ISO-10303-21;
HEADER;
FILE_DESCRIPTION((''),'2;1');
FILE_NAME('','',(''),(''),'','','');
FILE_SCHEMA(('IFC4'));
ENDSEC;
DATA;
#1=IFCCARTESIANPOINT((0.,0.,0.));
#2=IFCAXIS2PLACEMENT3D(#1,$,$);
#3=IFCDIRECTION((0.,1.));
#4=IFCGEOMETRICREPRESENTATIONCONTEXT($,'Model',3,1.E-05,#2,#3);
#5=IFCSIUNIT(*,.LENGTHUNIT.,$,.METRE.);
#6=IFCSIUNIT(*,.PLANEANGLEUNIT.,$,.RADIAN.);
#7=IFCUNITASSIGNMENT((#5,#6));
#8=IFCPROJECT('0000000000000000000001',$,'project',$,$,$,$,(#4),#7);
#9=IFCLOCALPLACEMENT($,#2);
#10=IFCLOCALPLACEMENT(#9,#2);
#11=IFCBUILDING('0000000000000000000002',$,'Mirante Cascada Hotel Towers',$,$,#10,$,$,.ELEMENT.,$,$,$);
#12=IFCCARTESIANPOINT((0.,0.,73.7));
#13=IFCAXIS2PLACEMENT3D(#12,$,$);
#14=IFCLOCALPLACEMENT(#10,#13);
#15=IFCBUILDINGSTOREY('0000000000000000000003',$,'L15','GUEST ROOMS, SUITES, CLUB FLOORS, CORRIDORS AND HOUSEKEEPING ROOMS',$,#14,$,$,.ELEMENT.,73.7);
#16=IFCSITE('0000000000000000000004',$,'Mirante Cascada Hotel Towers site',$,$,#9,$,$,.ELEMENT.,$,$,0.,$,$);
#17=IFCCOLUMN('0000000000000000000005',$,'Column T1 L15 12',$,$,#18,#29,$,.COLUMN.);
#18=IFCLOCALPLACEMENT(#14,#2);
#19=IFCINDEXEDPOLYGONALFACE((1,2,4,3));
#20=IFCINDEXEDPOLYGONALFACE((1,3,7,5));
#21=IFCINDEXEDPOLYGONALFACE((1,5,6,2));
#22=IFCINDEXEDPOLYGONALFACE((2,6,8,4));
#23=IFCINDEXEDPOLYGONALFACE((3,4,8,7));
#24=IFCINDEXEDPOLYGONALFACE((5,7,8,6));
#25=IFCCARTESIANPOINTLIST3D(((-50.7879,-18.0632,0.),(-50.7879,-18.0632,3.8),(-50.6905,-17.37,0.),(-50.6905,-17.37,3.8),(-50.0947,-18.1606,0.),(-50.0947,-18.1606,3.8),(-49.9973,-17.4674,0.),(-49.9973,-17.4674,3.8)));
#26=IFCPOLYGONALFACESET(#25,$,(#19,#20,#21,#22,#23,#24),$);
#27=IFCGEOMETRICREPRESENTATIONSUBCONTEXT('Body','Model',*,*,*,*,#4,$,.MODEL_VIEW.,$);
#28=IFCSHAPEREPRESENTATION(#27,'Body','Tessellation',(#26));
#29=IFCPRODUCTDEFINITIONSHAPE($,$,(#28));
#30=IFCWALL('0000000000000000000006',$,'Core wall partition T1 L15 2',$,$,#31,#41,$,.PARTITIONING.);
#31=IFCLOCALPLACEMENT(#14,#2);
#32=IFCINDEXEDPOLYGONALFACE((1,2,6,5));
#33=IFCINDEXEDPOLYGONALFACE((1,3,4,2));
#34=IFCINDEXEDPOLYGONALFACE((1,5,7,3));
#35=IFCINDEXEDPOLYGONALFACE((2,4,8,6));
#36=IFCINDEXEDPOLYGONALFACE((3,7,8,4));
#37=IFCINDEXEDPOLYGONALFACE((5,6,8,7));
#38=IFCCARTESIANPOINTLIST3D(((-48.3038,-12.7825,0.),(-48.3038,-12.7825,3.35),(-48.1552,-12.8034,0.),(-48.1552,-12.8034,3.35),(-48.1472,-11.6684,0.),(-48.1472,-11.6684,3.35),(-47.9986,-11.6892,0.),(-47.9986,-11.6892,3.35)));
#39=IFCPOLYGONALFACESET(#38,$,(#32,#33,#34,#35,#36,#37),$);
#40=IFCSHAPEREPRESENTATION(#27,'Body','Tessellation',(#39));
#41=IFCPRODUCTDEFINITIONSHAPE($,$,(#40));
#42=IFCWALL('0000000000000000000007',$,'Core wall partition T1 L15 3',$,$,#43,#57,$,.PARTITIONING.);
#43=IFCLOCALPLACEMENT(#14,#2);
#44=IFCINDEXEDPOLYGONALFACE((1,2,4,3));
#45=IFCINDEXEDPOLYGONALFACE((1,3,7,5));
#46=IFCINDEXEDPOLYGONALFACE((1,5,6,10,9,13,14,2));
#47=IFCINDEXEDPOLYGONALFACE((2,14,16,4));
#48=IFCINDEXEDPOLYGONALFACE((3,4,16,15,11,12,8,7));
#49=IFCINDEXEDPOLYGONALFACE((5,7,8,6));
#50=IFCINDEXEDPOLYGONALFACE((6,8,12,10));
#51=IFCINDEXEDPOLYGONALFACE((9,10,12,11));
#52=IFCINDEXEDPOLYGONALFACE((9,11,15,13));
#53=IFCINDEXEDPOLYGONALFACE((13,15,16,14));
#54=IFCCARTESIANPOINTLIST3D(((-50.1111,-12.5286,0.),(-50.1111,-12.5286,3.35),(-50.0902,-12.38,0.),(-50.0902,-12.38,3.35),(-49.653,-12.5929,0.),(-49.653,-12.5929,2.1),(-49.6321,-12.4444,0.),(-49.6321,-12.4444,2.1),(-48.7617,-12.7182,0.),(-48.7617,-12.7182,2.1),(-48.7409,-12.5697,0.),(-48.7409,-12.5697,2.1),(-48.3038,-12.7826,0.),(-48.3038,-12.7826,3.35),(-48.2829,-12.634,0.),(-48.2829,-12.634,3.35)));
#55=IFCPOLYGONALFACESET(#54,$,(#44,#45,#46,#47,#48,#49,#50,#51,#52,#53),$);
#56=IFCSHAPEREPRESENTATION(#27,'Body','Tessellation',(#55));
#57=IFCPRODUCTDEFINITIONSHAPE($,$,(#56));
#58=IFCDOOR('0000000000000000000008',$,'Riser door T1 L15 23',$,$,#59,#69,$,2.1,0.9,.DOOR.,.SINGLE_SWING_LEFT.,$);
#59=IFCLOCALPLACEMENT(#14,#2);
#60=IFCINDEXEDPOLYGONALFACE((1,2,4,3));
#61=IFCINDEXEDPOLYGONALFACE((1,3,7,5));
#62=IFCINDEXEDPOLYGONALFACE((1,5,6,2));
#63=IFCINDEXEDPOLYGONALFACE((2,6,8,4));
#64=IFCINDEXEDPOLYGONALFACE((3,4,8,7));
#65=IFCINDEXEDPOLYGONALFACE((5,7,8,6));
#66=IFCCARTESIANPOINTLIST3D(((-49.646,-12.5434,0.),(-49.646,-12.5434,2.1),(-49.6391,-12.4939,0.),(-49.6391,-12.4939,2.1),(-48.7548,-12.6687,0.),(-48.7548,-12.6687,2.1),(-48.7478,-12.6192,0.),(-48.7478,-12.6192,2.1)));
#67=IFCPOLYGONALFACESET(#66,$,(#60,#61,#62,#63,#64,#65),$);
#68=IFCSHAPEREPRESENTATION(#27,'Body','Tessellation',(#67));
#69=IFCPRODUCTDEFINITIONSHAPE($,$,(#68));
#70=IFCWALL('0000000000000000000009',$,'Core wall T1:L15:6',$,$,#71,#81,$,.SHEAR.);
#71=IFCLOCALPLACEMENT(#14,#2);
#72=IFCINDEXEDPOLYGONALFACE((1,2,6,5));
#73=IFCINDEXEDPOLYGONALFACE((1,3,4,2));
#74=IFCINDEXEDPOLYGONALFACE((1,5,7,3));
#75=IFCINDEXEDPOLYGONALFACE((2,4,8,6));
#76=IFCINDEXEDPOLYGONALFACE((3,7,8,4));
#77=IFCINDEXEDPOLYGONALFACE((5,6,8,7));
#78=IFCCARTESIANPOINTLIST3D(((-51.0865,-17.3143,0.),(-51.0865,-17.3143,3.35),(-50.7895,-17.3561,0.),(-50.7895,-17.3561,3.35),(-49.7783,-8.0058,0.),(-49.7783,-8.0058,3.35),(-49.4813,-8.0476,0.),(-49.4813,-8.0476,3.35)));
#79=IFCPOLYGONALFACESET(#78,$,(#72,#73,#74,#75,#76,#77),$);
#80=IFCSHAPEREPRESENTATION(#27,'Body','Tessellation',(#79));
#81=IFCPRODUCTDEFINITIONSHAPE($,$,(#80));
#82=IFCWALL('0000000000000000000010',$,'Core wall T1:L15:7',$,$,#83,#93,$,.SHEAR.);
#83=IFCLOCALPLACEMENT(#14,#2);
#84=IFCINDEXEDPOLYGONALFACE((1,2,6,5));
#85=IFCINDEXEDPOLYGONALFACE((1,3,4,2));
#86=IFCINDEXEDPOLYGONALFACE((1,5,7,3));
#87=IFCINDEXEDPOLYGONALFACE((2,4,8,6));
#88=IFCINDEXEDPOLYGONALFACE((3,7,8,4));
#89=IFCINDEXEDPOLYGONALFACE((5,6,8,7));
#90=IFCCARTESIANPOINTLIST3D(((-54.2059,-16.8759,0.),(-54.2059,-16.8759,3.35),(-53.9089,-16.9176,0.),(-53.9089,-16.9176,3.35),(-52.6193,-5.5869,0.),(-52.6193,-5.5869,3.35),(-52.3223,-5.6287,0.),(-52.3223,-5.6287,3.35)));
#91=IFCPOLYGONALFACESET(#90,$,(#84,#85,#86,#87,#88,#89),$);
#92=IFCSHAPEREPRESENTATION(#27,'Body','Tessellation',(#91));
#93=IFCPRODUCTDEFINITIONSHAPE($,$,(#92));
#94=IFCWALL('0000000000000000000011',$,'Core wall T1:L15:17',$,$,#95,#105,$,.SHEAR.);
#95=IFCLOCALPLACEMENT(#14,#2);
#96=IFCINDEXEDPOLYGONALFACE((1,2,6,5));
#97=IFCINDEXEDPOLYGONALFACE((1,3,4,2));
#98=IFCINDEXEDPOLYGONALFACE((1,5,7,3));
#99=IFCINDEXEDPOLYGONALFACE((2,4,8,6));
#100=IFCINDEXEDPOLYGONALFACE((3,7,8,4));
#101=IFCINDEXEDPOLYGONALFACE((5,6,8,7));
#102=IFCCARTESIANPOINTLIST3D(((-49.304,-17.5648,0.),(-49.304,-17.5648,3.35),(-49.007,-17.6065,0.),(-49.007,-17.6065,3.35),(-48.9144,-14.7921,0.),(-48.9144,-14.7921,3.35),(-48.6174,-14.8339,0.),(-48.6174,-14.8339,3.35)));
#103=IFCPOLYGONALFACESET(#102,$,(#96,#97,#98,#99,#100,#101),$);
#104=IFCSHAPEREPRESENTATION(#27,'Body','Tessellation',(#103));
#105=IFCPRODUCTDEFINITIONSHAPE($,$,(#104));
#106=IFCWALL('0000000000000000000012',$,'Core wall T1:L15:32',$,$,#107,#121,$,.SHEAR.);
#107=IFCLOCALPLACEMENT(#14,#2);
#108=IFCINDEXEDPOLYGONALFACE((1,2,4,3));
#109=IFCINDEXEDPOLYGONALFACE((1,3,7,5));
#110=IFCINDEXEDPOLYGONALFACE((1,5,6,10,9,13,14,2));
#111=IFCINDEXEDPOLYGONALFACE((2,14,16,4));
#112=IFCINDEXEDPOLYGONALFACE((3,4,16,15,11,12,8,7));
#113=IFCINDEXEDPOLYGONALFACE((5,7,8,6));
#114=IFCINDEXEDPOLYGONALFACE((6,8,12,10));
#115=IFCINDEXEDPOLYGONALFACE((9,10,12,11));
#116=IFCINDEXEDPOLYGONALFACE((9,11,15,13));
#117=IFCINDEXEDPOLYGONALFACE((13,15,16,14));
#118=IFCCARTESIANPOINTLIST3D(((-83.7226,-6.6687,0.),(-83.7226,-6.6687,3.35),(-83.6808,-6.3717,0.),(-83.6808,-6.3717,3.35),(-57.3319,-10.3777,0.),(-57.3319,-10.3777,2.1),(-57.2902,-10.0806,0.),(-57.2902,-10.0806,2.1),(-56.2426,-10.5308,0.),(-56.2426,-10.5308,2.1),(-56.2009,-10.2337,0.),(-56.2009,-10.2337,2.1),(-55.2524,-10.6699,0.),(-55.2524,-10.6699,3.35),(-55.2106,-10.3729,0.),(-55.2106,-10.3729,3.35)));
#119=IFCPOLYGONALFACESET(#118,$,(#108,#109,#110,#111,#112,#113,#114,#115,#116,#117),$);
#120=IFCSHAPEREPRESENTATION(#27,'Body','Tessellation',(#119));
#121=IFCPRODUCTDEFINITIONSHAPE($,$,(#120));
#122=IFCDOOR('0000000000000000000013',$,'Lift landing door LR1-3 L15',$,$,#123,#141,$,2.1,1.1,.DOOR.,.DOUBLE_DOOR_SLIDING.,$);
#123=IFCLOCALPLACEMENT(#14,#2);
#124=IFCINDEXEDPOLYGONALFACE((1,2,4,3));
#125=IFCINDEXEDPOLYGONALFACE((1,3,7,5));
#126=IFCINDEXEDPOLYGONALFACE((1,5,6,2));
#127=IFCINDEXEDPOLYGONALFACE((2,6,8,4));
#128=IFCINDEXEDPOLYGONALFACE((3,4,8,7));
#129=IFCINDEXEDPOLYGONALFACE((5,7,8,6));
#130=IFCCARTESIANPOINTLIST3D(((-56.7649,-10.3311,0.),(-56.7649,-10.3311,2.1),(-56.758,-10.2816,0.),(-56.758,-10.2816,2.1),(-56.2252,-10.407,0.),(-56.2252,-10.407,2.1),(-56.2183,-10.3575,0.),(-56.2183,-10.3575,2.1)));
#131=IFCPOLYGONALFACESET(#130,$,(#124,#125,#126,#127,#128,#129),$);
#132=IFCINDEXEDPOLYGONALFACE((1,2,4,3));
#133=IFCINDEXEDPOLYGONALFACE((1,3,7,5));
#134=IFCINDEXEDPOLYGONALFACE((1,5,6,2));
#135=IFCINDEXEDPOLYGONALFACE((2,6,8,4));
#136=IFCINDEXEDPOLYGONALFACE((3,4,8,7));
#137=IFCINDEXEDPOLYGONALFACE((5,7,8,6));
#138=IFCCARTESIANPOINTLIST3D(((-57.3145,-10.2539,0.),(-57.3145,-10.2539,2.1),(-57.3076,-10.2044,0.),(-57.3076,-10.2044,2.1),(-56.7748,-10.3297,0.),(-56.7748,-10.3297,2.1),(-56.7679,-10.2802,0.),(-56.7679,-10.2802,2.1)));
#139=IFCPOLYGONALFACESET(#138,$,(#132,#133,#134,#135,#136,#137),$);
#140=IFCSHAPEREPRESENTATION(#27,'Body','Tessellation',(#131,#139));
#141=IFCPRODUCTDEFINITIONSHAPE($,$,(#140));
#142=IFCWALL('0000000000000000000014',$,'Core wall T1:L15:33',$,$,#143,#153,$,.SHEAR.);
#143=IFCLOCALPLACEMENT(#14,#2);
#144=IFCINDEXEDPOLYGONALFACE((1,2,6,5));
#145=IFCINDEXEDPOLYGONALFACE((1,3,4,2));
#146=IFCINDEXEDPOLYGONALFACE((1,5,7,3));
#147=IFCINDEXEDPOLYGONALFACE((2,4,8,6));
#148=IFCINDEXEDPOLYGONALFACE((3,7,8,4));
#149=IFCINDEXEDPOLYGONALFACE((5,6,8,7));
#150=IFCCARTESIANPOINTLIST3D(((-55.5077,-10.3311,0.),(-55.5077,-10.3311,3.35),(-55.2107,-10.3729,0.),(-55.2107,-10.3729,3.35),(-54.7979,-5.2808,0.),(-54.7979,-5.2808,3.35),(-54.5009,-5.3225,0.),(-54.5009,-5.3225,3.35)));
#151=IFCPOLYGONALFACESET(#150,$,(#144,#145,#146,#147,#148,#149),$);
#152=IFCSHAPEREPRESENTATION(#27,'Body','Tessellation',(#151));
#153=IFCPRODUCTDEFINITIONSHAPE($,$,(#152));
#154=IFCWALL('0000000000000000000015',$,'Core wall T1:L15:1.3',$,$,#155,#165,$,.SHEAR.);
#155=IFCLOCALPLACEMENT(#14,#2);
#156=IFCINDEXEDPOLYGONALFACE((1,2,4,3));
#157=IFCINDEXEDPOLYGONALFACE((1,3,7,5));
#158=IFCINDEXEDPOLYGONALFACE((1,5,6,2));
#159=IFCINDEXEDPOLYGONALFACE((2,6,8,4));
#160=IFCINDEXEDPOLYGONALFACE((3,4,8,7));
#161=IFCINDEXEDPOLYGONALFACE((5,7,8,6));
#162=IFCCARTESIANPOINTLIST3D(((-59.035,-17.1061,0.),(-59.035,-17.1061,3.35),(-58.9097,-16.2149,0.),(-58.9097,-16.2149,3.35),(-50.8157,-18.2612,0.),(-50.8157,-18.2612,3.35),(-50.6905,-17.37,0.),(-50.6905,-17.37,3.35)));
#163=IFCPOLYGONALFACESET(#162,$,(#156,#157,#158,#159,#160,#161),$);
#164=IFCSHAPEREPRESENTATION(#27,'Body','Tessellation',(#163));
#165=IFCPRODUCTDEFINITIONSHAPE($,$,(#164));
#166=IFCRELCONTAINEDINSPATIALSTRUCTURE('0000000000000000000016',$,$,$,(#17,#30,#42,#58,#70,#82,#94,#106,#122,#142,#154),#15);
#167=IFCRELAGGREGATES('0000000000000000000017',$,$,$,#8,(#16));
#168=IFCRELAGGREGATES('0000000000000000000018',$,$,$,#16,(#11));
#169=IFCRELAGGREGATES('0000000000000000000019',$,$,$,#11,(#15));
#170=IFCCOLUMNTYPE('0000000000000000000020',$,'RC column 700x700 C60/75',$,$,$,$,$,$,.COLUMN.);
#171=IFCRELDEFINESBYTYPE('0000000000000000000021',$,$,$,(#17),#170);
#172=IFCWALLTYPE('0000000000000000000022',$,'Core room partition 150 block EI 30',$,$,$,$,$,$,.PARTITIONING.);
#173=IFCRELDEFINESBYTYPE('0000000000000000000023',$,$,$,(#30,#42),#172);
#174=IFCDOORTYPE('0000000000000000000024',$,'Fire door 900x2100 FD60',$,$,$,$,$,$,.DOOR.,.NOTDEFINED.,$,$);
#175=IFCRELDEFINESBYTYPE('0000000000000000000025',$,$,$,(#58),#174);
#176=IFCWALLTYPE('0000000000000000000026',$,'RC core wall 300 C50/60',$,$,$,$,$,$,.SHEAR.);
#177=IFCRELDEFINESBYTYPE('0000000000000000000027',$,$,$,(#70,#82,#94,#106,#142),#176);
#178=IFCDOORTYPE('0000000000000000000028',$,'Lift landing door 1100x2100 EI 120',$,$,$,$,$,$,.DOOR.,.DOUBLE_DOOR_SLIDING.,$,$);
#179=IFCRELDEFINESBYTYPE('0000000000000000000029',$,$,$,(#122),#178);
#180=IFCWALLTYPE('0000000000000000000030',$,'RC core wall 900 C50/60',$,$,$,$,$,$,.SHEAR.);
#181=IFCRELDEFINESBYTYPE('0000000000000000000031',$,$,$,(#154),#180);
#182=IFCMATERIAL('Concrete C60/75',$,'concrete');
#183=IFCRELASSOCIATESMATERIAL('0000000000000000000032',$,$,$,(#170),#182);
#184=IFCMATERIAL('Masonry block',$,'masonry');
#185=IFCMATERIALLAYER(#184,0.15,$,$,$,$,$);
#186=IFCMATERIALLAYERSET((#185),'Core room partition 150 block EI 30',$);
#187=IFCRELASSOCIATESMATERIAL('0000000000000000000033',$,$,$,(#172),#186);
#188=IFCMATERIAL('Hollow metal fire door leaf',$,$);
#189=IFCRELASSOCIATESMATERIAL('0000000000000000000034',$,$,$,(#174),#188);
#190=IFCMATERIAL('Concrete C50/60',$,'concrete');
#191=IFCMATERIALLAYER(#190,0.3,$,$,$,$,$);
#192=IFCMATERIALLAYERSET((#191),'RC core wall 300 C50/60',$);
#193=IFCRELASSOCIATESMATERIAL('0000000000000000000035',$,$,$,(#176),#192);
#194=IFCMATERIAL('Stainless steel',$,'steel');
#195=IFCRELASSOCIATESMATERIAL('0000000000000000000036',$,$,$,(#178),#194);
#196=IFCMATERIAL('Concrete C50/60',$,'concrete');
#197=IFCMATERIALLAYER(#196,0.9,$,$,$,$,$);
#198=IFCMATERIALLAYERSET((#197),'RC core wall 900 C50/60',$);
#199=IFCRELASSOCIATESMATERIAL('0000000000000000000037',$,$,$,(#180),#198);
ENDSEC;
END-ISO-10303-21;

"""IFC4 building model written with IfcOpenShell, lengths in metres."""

from ifc_helpers import new_model, si_unit, direction, frame, frame_2d, origin, origin_2d, place, context, subcontext, project, spatial, rectangle, extrude, material, layer, layer_set, material_profile, profile_set, type_object, element, fill, save


model = new_model("IFC4")

# Units and contexts
model_context = context("Model", 3, precision=1e-05, world=origin(), true_north=direction((0.0, 1.0)))
body_context = subcontext(model_context, "Body", "Model", "MODEL_VIEW")
ifc_project = project(units=[si_unit("LENGTHUNIT", "METRE"), si_unit("PLANEANGLEUNIT", "RADIAN")], contexts=[model_context])

# Site, building, storey
site_placement = place(None, origin())
site = spatial("IfcSite", under=ifc_project, at=site_placement, Name="Mirante Cascada Hotel Towers site", CompositionType="ELEMENT", RefElevation=0.0)
building_placement = place(site_placement, origin())
building = spatial("IfcBuilding", under=site, at=building_placement, Name="Mirante Cascada Hotel Towers", CompositionType="ELEMENT")
storey_placement = place(building_placement, frame((0.0, 0.0, 73.7)))
storey = spatial("IfcBuildingStorey", under=building, at=storey_placement, Name="L15", Description="GUEST ROOMS, SUITES, CLUB FLOORS, CORRIDORS AND HOUSEKEEPING ROOMS", CompositionType="ELEMENT", Elevation=73.7)

# Column
ifc_material_1 = material(Name="Concrete C60/75", Category="concrete")
ifc_material_profile = material_profile(ifc_material_1, rectangle(XDim=0.7, YDim=0.7, at=origin_2d()), Name="RC column 700x700 C60/75")
ifc_profile_set = profile_set([ifc_material_profile], Name="Concrete C60/75")
column_type = type_object("IfcColumnType", Name="RC column 700x700 C60/75", PredefinedType="COLUMN", material=ifc_profile_set)
column_placement = place(storey_placement, frame((-50.3926, -17.7653, 0.0), z_axis=(0.0, 0.0, 1.0), x_axis=(-0.990268, 0.139173, 0.0)))
element("IfcColumn", 1, at=column_placement, inside=storey, type_object=column_type, Name="Column T1 L15 12", PredefinedType="COLUMN", context=body_context, shape_type="SweptSolid", body=[
    extrude(rectangle(XDim=0.7, YDim=0.7, at=origin_2d()), origin(), (0.0, 0.0, 1.0), 3.8),
])

# Wall
ifc_material_2 = material(Name="Masonry block", Category="masonry")
ifc_layer_1 = layer(ifc_material_2, 0.15)
ifc_layer_set_1 = layer_set([ifc_layer_1], Name="Core room partition 150 block EI 30")
wall_type_1 = type_object("IfcWallType", Name="Core room partition 150 block EI 30", PredefinedType="PARTITIONING", material=ifc_layer_set_1)
wall_1_placement = place(storey_placement, frame((-48.2295, -12.793, 0.0), z_axis=(0.0, 0.0, 1.0), x_axis=(0.139193, 0.990265, 0.0)))
element("IfcWall", 2, at=wall_1_placement, inside=storey, type_object=wall_type_1, Name="Core wall partition T1 L15 2", PredefinedType="PARTITIONING", context=body_context, shape_type="SweptSolid", body=[
    extrude(rectangle(XDim=1.1251, YDim=0.15, at=frame_2d((0.5626, 0.0))), origin(), (0.0, 0.0, 1.0), 3.35),
])

# Wall, opening, door
wall_2_placement = place(storey_placement, frame((-48.2933, -12.7083, 0.0), z_axis=(0.0, 0.0, 1.0), x_axis=(-0.990268, 0.139173, 0.0)))
wall_2 = element("IfcWall", 3, at=wall_2_placement, inside=storey, type_object=wall_type_1, Name="Core wall partition T1 L15 3", PredefinedType="PARTITIONING", context=body_context, shape_type="SweptSolid", body=[
    extrude(rectangle(XDim=1.8251, YDim=0.15, at=frame_2d((0.9126, 0.0))), origin(), (0.0, 0.0, 1.0), 3.35),
])
opening_1_placement = place(wall_2_placement, frame((0.4625, 0.0, 0.0)))
opening_1 = element("IfcOpeningElement", 4, at=opening_1_placement, cuts=wall_2, PredefinedType="OPENING", context=body_context, shape_type="SweptSolid", body=[
    extrude(rectangle(XDim=0.9, YDim=2.1, at=frame_2d((0.45, 1.05))), frame((0.0, 0.075, 0.0), z_axis=(0.0, -1.0, 0.0), x_axis=(1.0, 0.0, 0.0)), (0.0, 0.0, 1.0), 0.15),
])
ifc_material_3 = material(Name="Hollow metal fire door leaf")
door_type_1 = type_object("IfcDoorType", Name="Fire door 900x2100 FD60", OperationType="NOTDEFINED", PredefinedType="DOOR", material=ifc_material_3)
door_1_placement = place(opening_1_placement, origin())
door_1 = element("IfcDoor", 5, at=door_1_placement, inside=storey, type_object=door_type_1, Name="Riser door T1 L15 23", OperationType="SINGLE_SWING_LEFT", OverallHeight=2.1, OverallWidth=0.9, PredefinedType="DOOR", context=body_context, shape_type="SweptSolid", body=[
    extrude(rectangle(XDim=0.9, YDim=2.1, at=frame_2d((0.45, 1.05))), frame((0.0, 0.025, 0.0), z_axis=(0.0, -1.0, 0.0), x_axis=(1.0, 0.0, 0.0)), (0.0, 0.0, 1.0), 0.05),
])
fill(opening_1, door_1)

# Walls
ifc_material_4 = material(Name="Concrete C50/60", Category="concrete")
ifc_layer_2 = layer(ifc_material_4, 0.3)
ifc_layer_set_2 = layer_set([ifc_layer_2], Name="RC core wall 300 C50/60")
wall_type_2 = type_object("IfcWallType", Name="RC core wall 300 C50/60", PredefinedType="SHEAR", material=ifc_layer_set_2)
wall_3_placement = place(storey_placement, frame((-50.938, -17.3352, 0.0), z_axis=(0.0, 0.0, 1.0), x_axis=(0.139171, 0.990268, 0.0)))
element("IfcWall", 6, at=wall_3_placement, inside=storey, type_object=wall_type_2, Name="Core wall T1:L15:6", PredefinedType="SHEAR", context=body_context, shape_type="SweptSolid", body=[
    extrude(rectangle(XDim=9.4, YDim=0.3, at=frame_2d((4.7, 0.0))), origin(), (0.0, 0.0, 1.0), 3.35),
])
wall_4_placement = place(storey_placement, frame((-54.0574, -16.8968, 0.0), z_axis=(0.0, 0.0, 1.0), x_axis=(0.139176, 0.990268, 0.0)))
element("IfcWall", 7, at=wall_4_placement, inside=storey, type_object=wall_type_2, Name="Core wall T1:L15:7", PredefinedType="SHEAR", context=body_context, shape_type="SweptSolid", body=[
    extrude(rectangle(XDim=11.3999, YDim=0.3, at=frame_2d((5.7, 0.0))), origin(), (0.0, 0.0, 1.0), 3.35),
])
wall_5_placement = place(storey_placement, frame((-49.1555, -17.5857, 0.0), z_axis=(0.0, 0.0, 1.0), x_axis=(0.139146, 0.990272, 0.0)))
element("IfcWall", 8, at=wall_5_placement, inside=storey, type_object=wall_type_2, Name="Core wall T1:L15:17", PredefinedType="SHEAR", context=body_context, shape_type="SweptSolid", body=[
    extrude(rectangle(XDim=2.7999, YDim=0.3, at=frame_2d((1.4, 0.0))), origin(), (0.0, 0.0, 1.0), 3.35),
])

# Shared definitions
ifc_material_5 = material(Name="Stainless steel", Category="steel")
door_type_2 = type_object("IfcDoorType", Name="Lift landing door 1100x2100 EI 120", OperationType="DOUBLE_DOOR_SLIDING", PredefinedType="DOOR", material=ifc_material_5)

# Wall, opening, door
wall_6_placement = place(storey_placement, frame((-55.2315, -10.5214, 0.0), z_axis=(0.0, 0.0, 1.0), x_axis=(-0.990268, 0.139172, 0.0)))
wall_6 = element("IfcWall", 9, at=wall_6_placement, inside=storey, type_object=wall_type_2, Name="Core wall T1:L15:32", PredefinedType="SHEAR", context=body_context, shape_type="SweptSolid", body=[
    extrude(rectangle(XDim=28.75, YDim=0.3, at=frame_2d((14.375, 0.0))), origin(), (0.0, 0.0, 1.0), 3.35),
])
opening_2_placement = place(wall_6_placement, frame((1.0, 0.0, 0.0)))
opening_2 = element("IfcOpeningElement", 10, at=opening_2_placement, cuts=wall_6, PredefinedType="OPENING", context=body_context, shape_type="SweptSolid", body=[
    extrude(rectangle(XDim=1.1, YDim=2.1, at=frame_2d((0.55, 1.05))), frame((0.0, 0.15, 0.0), z_axis=(0.0, -1.0, 0.0), x_axis=(1.0, 0.0, 0.0)), (0.0, 0.0, 1.0), 0.3),
])
door_2_placement = place(opening_2_placement, origin())
door_2 = element("IfcDoor", 11, at=door_2_placement, inside=storey, type_object=door_type_2, Name="Lift landing door LR1-3 L15", OperationType="DOUBLE_DOOR_SLIDING", OverallHeight=2.1, OverallWidth=1.1, PredefinedType="DOOR", context=body_context, shape_type="SweptSolid", body=[
    extrude(rectangle(XDim=0.545, YDim=2.1, at=frame_2d((0.2725, 1.05))), frame((0.0, 0.025, 0.0), z_axis=(0.0, -1.0, 0.0), x_axis=(1.0, 0.0, 0.0)), (0.0, 0.0, 1.0), 0.05),
    extrude(rectangle(XDim=0.545, YDim=2.1, at=frame_2d((0.8275, 1.05))), frame((0.0, 0.025, 0.0), z_axis=(0.0, -1.0, 0.0), x_axis=(1.0, 0.0, 0.0)), (0.0, 0.0, 1.0), 0.05),
])
fill(opening_2, door_2)

# Walls
wall_7_placement = place(storey_placement, frame((-55.3592, -10.352, 0.0), z_axis=(0.0, 0.0, 1.0), x_axis=(0.139176, 0.990268, 0.0)))
element("IfcWall", 12, at=wall_7_placement, inside=storey, type_object=wall_type_2, Name="Core wall T1:L15:33", PredefinedType="SHEAR", context=body_context, shape_type="SweptSolid", body=[
    extrude(rectangle(XDim=5.1, YDim=0.3, at=frame_2d((2.55, 0.0))), origin(), (0.0, 0.0, 1.0), 3.35),
])
ifc_material_6 = material(Name="Concrete C50/60", Category="concrete")
ifc_layer_3 = layer(ifc_material_6, 0.9)
ifc_layer_set_3 = layer_set([ifc_layer_3], Name="RC core wall 900 C50/60")
wall_type_3 = type_object("IfcWallType", Name="RC core wall 900 C50/60", PredefinedType="SHEAR", material=ifc_layer_set_3)
wall_8_placement = place(storey_placement, frame((-50.7531, -17.8156, 0.0), z_axis=(0.0, 0.0, 1.0), x_axis=(-0.990269, 0.139169, 0.0)))
element("IfcWall", 13, at=wall_8_placement, inside=storey, type_object=wall_type_3, Name="Core wall T1:L15:1.3", PredefinedType="SHEAR", context=body_context, shape_type="SweptSolid", body=[
    extrude(rectangle(XDim=8.3, YDim=0.9, at=frame_2d((4.15, 0.0))), origin(), (0.0, 0.0, 1.0), 3.35),
])

save(model, "model.ifc")
